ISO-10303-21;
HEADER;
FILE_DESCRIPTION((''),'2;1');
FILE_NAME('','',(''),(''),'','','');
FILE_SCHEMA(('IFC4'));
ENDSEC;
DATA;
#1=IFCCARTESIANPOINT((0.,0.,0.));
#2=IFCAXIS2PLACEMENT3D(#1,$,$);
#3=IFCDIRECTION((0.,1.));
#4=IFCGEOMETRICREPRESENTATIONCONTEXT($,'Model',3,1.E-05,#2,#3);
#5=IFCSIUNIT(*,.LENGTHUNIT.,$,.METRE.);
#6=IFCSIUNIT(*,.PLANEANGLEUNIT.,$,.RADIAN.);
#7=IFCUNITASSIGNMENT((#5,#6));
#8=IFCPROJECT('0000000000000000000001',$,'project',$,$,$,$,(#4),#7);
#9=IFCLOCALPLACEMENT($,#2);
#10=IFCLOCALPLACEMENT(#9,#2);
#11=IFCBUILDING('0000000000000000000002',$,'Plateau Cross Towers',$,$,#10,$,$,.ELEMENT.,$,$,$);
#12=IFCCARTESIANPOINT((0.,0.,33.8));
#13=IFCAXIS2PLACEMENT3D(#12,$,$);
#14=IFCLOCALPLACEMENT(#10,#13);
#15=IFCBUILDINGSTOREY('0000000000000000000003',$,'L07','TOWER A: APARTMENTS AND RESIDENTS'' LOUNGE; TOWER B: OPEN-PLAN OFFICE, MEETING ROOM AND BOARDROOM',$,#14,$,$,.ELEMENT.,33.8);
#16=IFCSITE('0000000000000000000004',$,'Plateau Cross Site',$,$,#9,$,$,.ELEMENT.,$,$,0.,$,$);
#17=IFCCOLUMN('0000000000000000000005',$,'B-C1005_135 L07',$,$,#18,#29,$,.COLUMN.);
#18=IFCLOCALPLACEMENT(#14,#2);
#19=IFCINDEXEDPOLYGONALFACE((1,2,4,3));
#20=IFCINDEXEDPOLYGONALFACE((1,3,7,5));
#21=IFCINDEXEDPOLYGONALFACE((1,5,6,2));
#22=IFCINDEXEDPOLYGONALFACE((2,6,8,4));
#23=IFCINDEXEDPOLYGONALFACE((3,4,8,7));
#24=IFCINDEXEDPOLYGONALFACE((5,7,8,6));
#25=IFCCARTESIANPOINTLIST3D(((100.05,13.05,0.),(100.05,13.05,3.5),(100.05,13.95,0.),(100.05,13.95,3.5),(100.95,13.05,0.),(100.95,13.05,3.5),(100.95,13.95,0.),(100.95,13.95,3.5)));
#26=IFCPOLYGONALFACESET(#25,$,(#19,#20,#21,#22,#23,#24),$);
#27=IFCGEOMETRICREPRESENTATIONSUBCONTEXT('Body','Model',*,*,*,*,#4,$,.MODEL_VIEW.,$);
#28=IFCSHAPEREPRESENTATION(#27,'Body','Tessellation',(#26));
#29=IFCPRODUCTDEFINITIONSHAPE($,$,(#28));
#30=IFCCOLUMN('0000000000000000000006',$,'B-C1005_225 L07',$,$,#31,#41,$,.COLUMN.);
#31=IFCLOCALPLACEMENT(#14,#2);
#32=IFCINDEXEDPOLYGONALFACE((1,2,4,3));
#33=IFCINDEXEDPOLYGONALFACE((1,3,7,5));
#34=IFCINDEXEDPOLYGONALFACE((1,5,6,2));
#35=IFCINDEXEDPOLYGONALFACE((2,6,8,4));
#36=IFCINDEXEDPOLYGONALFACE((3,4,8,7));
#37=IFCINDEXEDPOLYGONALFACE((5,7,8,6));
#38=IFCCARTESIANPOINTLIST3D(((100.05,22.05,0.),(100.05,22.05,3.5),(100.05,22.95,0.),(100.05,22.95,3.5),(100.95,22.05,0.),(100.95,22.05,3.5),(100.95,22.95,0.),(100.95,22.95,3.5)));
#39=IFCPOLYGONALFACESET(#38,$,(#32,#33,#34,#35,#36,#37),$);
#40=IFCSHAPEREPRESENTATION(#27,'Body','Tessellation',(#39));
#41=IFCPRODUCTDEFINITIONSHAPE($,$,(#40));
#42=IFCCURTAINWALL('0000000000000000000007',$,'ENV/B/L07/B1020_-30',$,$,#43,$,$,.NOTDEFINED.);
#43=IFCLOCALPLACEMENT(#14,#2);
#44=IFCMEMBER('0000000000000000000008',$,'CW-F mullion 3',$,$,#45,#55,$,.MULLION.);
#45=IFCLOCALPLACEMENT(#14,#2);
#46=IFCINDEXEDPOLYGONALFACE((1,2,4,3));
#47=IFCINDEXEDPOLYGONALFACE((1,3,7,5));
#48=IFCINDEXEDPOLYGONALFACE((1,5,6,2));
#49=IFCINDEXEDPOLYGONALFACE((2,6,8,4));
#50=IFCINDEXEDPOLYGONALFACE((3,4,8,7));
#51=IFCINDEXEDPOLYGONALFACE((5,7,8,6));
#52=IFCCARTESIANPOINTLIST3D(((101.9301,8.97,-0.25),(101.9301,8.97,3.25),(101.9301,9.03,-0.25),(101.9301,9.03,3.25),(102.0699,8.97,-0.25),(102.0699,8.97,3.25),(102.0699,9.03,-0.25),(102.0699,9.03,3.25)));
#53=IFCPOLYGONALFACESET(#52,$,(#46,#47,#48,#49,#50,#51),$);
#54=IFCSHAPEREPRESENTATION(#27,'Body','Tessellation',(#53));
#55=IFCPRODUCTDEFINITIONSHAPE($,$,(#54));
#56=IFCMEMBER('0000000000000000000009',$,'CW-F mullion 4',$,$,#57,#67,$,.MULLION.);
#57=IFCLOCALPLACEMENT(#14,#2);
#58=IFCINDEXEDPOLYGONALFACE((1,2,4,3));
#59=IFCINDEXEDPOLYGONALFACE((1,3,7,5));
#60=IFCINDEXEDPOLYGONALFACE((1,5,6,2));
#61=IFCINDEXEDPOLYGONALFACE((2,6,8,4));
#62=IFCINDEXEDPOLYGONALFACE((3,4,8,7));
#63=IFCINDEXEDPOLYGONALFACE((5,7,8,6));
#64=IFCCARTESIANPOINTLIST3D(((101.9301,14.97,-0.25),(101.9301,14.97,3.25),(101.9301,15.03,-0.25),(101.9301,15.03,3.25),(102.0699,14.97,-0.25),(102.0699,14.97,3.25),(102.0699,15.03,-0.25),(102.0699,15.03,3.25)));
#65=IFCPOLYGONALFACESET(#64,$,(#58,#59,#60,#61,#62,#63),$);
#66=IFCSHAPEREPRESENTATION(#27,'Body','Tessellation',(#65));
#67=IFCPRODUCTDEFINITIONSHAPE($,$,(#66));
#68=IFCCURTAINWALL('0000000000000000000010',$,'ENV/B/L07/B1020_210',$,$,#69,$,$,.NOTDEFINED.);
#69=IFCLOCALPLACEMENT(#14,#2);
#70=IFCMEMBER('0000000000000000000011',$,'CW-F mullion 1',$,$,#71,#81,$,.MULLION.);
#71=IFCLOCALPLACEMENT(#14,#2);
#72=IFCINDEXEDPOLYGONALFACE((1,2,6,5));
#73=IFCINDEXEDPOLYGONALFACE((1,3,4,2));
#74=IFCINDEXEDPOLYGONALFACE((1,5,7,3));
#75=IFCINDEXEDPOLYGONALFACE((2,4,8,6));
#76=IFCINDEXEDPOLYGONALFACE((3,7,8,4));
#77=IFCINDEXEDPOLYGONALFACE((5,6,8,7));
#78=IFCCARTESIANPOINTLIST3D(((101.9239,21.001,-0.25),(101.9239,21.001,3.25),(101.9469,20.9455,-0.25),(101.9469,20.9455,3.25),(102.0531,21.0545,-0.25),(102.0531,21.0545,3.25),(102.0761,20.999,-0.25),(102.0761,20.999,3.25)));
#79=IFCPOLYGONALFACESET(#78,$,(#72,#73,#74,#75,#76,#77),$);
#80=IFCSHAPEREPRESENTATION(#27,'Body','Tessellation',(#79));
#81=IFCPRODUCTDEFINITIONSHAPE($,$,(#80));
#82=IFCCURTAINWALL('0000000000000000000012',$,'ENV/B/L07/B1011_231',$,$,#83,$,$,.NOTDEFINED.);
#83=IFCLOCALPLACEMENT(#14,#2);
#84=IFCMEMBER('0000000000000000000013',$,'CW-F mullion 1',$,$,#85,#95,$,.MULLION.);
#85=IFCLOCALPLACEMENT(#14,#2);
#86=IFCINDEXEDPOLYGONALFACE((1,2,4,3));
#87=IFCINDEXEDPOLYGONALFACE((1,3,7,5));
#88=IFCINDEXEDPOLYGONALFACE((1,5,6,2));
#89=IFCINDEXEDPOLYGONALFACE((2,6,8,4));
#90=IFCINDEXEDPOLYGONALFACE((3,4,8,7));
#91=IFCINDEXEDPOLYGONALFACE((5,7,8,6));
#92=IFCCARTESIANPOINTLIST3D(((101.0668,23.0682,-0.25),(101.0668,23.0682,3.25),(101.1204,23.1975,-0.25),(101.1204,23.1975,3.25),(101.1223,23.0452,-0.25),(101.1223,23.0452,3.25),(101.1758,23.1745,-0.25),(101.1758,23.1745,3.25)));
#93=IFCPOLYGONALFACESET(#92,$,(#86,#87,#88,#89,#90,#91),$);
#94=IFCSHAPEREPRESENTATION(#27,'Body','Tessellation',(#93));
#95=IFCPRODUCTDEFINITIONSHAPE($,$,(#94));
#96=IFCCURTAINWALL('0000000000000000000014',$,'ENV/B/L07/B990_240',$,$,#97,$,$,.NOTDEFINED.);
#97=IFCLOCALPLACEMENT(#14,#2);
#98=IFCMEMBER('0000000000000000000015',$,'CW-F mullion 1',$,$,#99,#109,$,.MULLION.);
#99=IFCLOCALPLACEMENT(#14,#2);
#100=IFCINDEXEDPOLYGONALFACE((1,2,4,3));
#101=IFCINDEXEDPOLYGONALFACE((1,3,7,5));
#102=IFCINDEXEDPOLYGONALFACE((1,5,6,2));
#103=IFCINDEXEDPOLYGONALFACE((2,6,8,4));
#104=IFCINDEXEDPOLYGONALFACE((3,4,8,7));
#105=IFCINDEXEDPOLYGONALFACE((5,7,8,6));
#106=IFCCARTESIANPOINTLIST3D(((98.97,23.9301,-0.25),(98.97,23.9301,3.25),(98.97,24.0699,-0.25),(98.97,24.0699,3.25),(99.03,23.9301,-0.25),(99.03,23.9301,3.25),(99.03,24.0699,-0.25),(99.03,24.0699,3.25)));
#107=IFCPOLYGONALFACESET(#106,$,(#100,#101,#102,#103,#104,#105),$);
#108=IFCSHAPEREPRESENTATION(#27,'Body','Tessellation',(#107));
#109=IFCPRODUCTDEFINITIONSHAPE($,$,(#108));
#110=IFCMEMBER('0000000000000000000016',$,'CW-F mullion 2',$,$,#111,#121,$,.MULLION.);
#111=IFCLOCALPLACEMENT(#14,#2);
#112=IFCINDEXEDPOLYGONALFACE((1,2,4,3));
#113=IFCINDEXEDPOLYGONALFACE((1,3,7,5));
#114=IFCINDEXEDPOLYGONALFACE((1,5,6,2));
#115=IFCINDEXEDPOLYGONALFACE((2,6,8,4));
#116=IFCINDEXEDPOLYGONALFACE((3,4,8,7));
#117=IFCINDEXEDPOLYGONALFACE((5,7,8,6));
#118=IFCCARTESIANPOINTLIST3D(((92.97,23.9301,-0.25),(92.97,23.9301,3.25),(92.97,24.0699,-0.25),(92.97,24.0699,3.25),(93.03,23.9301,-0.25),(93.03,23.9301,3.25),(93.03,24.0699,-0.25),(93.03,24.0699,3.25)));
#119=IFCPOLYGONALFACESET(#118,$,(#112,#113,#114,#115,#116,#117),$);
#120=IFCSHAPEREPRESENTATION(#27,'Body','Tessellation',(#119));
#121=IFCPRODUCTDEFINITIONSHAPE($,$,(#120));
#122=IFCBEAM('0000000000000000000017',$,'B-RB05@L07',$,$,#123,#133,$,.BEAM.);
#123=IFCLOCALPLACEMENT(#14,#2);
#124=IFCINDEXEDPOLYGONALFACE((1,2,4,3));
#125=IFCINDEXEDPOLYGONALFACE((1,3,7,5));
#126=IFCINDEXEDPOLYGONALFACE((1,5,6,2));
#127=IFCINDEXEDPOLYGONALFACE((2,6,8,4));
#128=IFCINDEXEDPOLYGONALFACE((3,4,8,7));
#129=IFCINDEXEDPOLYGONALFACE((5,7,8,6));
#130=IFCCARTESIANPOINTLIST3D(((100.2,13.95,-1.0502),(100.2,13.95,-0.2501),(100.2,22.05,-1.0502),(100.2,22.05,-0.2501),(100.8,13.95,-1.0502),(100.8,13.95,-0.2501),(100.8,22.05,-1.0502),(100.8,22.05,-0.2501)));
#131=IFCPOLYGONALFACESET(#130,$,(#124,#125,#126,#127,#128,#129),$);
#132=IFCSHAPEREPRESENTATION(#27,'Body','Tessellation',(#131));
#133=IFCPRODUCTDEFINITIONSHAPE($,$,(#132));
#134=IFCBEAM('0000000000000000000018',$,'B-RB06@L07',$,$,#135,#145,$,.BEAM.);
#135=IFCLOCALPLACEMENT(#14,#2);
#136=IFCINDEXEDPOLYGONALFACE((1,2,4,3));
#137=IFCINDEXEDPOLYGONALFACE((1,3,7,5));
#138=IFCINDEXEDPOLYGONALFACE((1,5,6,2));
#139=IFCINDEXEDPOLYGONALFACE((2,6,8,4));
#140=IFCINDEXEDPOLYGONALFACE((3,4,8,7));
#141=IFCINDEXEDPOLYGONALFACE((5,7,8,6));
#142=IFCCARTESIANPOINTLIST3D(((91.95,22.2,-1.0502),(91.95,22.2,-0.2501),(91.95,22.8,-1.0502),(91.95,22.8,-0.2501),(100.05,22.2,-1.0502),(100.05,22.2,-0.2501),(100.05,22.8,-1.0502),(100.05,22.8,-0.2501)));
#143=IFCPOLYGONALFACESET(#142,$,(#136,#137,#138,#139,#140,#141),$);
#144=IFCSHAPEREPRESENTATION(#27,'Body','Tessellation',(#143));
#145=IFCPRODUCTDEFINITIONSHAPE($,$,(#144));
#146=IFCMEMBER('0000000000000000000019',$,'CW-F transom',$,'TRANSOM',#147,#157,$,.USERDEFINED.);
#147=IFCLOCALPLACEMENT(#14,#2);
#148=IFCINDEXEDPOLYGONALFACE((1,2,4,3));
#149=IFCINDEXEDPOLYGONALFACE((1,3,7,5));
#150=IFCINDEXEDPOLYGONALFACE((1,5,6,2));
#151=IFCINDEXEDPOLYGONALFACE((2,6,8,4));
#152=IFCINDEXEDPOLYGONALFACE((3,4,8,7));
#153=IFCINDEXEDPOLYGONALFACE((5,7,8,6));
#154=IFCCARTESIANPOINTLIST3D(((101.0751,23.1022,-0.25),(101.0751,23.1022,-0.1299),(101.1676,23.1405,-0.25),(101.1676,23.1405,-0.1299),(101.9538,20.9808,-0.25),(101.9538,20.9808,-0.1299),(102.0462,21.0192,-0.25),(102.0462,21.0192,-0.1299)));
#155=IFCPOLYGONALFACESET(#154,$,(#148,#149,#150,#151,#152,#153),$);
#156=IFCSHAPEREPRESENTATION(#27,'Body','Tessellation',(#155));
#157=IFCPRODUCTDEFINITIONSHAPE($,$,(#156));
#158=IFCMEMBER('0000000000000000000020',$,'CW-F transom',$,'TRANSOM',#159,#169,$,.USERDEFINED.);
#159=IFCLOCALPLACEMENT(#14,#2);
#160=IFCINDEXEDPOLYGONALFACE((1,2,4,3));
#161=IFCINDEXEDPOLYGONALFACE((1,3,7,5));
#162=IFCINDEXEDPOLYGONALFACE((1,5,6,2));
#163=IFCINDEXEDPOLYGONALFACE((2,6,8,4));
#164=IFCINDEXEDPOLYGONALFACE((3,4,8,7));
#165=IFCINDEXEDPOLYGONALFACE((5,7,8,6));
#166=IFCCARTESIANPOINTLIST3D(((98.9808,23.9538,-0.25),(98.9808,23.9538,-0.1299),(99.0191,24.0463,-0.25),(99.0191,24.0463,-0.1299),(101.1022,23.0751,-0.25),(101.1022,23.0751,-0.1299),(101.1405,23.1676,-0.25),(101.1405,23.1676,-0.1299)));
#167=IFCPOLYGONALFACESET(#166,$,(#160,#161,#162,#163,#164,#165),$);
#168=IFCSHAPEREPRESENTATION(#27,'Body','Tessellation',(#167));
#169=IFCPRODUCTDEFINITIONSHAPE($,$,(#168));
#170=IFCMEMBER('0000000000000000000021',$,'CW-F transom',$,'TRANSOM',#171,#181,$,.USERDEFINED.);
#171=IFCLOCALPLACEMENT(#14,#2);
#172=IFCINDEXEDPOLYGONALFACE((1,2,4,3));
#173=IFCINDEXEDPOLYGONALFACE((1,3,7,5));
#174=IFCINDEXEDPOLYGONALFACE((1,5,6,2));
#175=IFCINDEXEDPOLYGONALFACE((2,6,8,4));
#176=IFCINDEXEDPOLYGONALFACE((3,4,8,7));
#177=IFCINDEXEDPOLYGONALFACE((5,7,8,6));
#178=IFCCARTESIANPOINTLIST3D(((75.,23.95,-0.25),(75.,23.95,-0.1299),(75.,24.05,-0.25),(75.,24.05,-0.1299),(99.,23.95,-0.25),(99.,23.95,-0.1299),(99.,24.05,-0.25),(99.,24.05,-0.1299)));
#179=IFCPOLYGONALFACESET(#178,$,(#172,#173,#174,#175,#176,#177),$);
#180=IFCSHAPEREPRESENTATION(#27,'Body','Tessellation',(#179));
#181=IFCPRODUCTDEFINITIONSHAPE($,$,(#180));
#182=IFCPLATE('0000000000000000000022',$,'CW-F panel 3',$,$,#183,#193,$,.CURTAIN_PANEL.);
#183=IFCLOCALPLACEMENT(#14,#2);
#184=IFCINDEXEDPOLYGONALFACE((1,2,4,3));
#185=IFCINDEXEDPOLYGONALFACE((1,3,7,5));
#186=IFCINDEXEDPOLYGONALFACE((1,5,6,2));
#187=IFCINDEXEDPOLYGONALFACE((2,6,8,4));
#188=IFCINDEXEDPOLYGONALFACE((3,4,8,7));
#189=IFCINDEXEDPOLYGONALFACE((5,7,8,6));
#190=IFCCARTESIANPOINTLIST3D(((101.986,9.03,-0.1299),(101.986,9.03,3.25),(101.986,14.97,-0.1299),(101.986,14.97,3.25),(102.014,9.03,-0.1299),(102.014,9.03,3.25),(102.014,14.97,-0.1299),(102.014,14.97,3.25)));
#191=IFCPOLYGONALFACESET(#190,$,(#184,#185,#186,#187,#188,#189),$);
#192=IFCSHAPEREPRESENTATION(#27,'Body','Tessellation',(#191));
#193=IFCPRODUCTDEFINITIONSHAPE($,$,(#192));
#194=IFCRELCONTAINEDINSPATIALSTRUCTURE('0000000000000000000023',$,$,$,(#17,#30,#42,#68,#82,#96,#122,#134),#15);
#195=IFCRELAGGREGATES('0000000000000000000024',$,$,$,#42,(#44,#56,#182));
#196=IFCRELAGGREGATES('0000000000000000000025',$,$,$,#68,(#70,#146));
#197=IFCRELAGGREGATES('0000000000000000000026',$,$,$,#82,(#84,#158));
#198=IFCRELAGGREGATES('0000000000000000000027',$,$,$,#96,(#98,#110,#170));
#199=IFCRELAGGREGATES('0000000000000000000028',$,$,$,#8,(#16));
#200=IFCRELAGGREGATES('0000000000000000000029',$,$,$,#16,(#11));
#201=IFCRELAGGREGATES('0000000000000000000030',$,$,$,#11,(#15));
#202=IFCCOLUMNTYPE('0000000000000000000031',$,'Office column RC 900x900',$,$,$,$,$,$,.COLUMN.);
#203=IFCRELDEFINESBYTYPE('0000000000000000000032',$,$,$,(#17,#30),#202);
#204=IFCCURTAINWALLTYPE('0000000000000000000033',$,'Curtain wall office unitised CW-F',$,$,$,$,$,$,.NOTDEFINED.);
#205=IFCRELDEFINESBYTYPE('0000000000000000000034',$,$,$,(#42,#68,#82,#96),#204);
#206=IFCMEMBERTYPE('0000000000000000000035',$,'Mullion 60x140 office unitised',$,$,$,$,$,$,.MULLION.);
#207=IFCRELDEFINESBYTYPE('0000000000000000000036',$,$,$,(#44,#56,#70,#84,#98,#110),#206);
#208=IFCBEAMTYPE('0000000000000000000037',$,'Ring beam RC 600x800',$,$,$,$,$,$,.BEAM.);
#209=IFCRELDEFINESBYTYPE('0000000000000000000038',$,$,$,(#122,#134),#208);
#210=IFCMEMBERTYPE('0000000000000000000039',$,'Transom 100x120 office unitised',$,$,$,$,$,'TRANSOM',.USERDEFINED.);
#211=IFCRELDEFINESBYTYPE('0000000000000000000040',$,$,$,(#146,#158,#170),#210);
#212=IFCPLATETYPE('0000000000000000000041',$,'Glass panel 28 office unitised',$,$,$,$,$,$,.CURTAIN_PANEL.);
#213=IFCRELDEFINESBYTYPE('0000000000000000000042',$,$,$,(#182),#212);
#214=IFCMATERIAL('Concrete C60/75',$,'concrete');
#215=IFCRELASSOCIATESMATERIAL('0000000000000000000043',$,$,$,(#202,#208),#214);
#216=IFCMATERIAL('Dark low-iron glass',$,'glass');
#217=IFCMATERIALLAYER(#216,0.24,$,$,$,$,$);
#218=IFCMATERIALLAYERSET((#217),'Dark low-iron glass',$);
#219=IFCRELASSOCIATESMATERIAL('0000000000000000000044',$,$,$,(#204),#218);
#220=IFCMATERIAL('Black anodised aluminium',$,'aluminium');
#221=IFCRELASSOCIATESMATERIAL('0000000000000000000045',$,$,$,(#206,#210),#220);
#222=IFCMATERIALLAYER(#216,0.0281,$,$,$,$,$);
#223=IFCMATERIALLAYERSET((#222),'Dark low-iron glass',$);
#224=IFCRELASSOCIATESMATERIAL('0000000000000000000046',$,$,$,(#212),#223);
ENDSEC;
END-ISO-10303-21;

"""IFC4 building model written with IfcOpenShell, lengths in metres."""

from ifc_helpers import new_model, si_unit, direction, frame, origin, origin_2d, place, context, subcontext, project, spatial, rectangle, extrude, material, layer, layer_set, material_profile, profile_set, type_object, element, aggregate, save


model = new_model("IFC4")

# Units and contexts
model_context = context("Model", 3, precision=1e-05, world=origin(), true_north=direction((0.0, 1.0)))
body_context = subcontext(model_context, "Body", "Model", "MODEL_VIEW")
ifc_project = project(units=[si_unit("LENGTHUNIT", "METRE"), si_unit("PLANEANGLEUNIT", "RADIAN")], contexts=[model_context])

# Site, building, storey
site_placement = place(None, origin())
site = spatial("IfcSite", under=ifc_project, at=site_placement, Name="Plateau Cross Site", CompositionType="ELEMENT", RefElevation=0.0)
building_placement = place(site_placement, origin())
building = spatial("IfcBuilding", under=site, at=building_placement, Name="Plateau Cross Towers", CompositionType="ELEMENT")
storey_placement = place(building_placement, frame((0.0, 0.0, 33.8)))
storey = spatial("IfcBuildingStorey", under=building, at=storey_placement, Name="L07", Description="TOWER A: APARTMENTS AND RESIDENTS' LOUNGE; TOWER B: OPEN-PLAN OFFICE, MEETING ROOM AND BOARDROOM", CompositionType="ELEMENT", Elevation=33.8)

# Columns
ifc_material_1 = material(Name="Concrete C60/75", Category="concrete")
ifc_material_profile_1 = material_profile(ifc_material_1, rectangle(XDim=0.8999, YDim=0.8999, at=origin_2d()), Name="RC 900x900")
ifc_profile_set_1 = profile_set([ifc_material_profile_1], Name="Concrete C60/75")
column_type = type_object("IfcColumnType", Name="Office column RC 900x900", PredefinedType="COLUMN", material=ifc_profile_set_1)
for number, where, z_axis, x_axis, name in (
    (1, (100.5, 13.5, 0.0), (0.0, 0.0, 1.0), (1.0, 0.0, 0.0), "B-C1005_135 L07"),
    (2, (100.5, 22.5, 0.0), (0.0, 0.0, 1.0), (1.0, 0.0, 0.0), "B-C1005_225 L07"),
):
    element("IfcColumn", number, at=place(storey_placement, frame(where, z_axis=z_axis, x_axis=x_axis)), inside=storey, type_object=column_type, Name=name, PredefinedType="COLUMN", context=body_context, shape_type="SweptSolid", body=[
        extrude(rectangle(XDim=0.8999, YDim=0.8999, at=origin_2d()), origin(), (0.0, 0.0, 1.0), 3.5),
    ])

# Curtain wall, members
ifc_material_2 = material(Name="Dark low-iron glass", Category="glass")
ifc_layer_1 = layer(ifc_material_2, 0.24)
ifc_layer_set_1 = layer_set([ifc_layer_1], Name="Dark low-iron glass")
curtain_wall_type = type_object("IfcCurtainWallType", Name="Curtain wall office unitised CW-F", PredefinedType="NOTDEFINED", material=ifc_layer_set_1)
curtain_wall_1_placement = place(storey_placement, origin())
curtain_wall_1 = element("IfcCurtainWall", 3, at=curtain_wall_1_placement, inside=storey, type_object=curtain_wall_type, Name="ENV/B/L07/B1020_-30", PredefinedType="NOTDEFINED")
ifc_material_3 = material(Name="Black anodised aluminium", Category="aluminium")
ifc_material_profile_2 = material_profile(ifc_material_3, rectangle(XDim=0.0601, YDim=0.1399, at=origin_2d()), Name="MULLION 60x140")
ifc_profile_set_2 = profile_set([ifc_material_profile_2], Name="Black anodised aluminium")
member_type_1 = type_object("IfcMemberType", Name="Mullion 60x140 office unitised", PredefinedType="MULLION", material=ifc_profile_set_2)
member_1_placement = place(storey_placement, frame((102.0, 9.0, -0.25), z_axis=(0.0, 0.0, 1.0), x_axis=(0.0, 1.0, 0.0)))
member_1 = element("IfcMember", 4, at=member_1_placement, type_object=member_type_1, Name="CW-F mullion 3", PredefinedType="MULLION", context=body_context, shape_type="SweptSolid", body=[
    extrude(rectangle(XDim=0.0601, YDim=0.1399, at=origin_2d()), origin(), (0.0, 0.0, 1.0), 3.5),
])
member_2_placement = place(storey_placement, frame((102.0, 15.0, -0.25), z_axis=(0.0, 0.0, 1.0), x_axis=(0.0, 1.0, 0.0)))
member_2 = element("IfcMember", 5, at=member_2_placement, type_object=member_type_1, Name="CW-F mullion 4", PredefinedType="MULLION", context=body_context, shape_type="SweptSolid", body=[
    extrude(rectangle(XDim=0.0601, YDim=0.1399, at=origin_2d()), origin(), (0.0, 0.0, 1.0), 3.5),
])

# Curtain walls, members
curtain_wall_2_placement = place(storey_placement, origin())
curtain_wall_2 = element("IfcCurtainWall", 6, at=curtain_wall_2_placement, inside=storey, type_object=curtain_wall_type, Name="ENV/B/L07/B1020_210", PredefinedType="NOTDEFINED")
member_3_placement = place(storey_placement, frame((102.0, 21.0, -0.25), z_axis=(0.0, 0.0, 1.0), x_axis=(-0.382684, 0.923879, 0.0)))
member_3 = element("IfcMember", 7, at=member_3_placement, type_object=member_type_1, Name="CW-F mullion 1", PredefinedType="MULLION", context=body_context, shape_type="SweptSolid", body=[
    extrude(rectangle(XDim=0.0601, YDim=0.1399, at=origin_2d()), origin(), (0.0, 0.0, 1.0), 3.5),
])
curtain_wall_3_placement = place(storey_placement, origin())
curtain_wall_3 = element("IfcCurtainWall", 8, at=curtain_wall_3_placement, inside=storey, type_object=curtain_wall_type, Name="ENV/B/L07/B1011_231", PredefinedType="NOTDEFINED")
member_4_placement = place(storey_placement, frame((101.1213, 23.1213, -0.25), z_axis=(0.0, 0.0, 1.0), x_axis=(-0.923879, 0.382684, 0.0)))
member_4 = element("IfcMember", 9, at=member_4_placement, type_object=member_type_1, Name="CW-F mullion 1", PredefinedType="MULLION", context=body_context, shape_type="SweptSolid", body=[
    extrude(rectangle(XDim=0.0601, YDim=0.1399, at=origin_2d()), origin(), (0.0, 0.0, 1.0), 3.5),
])

# Curtain wall, members
curtain_wall_4_placement = place(storey_placement, origin())
curtain_wall_4 = element("IfcCurtainWall", 10, at=curtain_wall_4_placement, inside=storey, type_object=curtain_wall_type, Name="ENV/B/L07/B990_240", PredefinedType="NOTDEFINED")
member_5_placement = place(storey_placement, frame((99.0, 24.0, -0.25), z_axis=(0.0, 0.0, 1.0), x_axis=(-1.0, 0.0, 0.0)))
member_5 = element("IfcMember", 11, at=member_5_placement, type_object=member_type_1, Name="CW-F mullion 1", PredefinedType="MULLION", context=body_context, shape_type="SweptSolid", body=[
    extrude(rectangle(XDim=0.0601, YDim=0.1399, at=origin_2d()), origin(), (0.0, 0.0, 1.0), 3.5),
])
member_6_placement = place(storey_placement, frame((93.0, 24.0, -0.25), z_axis=(0.0, 0.0, 1.0), x_axis=(-1.0, 0.0, 0.0)))
member_6 = element("IfcMember", 12, at=member_6_placement, type_object=member_type_1, Name="CW-F mullion 2", PredefinedType="MULLION", context=body_context, shape_type="SweptSolid", body=[
    extrude(rectangle(XDim=0.0601, YDim=0.1399, at=origin_2d()), origin(), (0.0, 0.0, 1.0), 3.5),
])

# Beams
ifc_material_profile_3 = material_profile(ifc_material_1, rectangle(XDim=0.6001, YDim=0.8, at=origin_2d()), Name="RC 600x800")
ifc_profile_set_3 = profile_set([ifc_material_profile_3], Name="Concrete C60/75")
beam_type = type_object("IfcBeamType", Name="Ring beam RC 600x800", PredefinedType="BEAM", material=ifc_profile_set_3)
for number, where, z_axis, x_axis, name in (
    (13, (100.5, 13.95, -0.6501), (0.0, 1.0, 0.0), (-1.0, 0.0, 0.0), "B-RB05@L07"),
    (14, (100.05, 22.5, -0.6501), (-1.0, 0.0, 0.0), (0.0, -1.0, 0.0), "B-RB06@L07"),
):
    element("IfcBeam", number, at=place(storey_placement, frame(where, z_axis=z_axis, x_axis=x_axis)), inside=storey, type_object=beam_type, Name=name, PredefinedType="BEAM", context=body_context, shape_type="SweptSolid", body=[
        extrude(rectangle(XDim=0.6001, YDim=0.8, at=origin_2d()), origin(), (0.0, 0.0, 1.0), 8.1001),
    ])

# Members
ifc_material_profile_4 = material_profile(ifc_material_3, rectangle(XDim=0.1001, YDim=0.1201, at=origin_2d()), Name="TRANSOM 100x120")
ifc_profile_set_4 = profile_set([ifc_material_profile_4], Name="Black anodised aluminium")
member_type_2 = type_object("IfcMemberType", Name="Transom 100x120 office unitised", ElementType="TRANSOM", PredefinedType="USERDEFINED", material=ifc_profile_set_4)
member_7_placement = place(storey_placement, frame((102.0, 21.0, -0.1899), z_axis=(-0.382674, 0.923883, 0.0), x_axis=(-0.923883, -0.382674, 0.0)))
member_7 = element("IfcMember", 15, at=member_7_placement, type_object=member_type_2, Name="CW-F transom", ObjectType="TRANSOM", PredefinedType="USERDEFINED", context=body_context, shape_type="SweptSolid", body=[
    extrude(rectangle(XDim=0.1001, YDim=0.1201, at=origin_2d()), origin(), (0.0, 0.0, 1.0), 2.2961),
])
member_8_placement = place(storey_placement, frame((101.1213, 23.1213, -0.1899), z_axis=(-0.923883, 0.382674, 0.0), x_axis=(-0.382674, -0.923883, 0.0)))
member_8 = element("IfcMember", 16, at=member_8_placement, type_object=member_type_2, Name="CW-F transom", ObjectType="TRANSOM", PredefinedType="USERDEFINED", context=body_context, shape_type="SweptSolid", body=[
    extrude(rectangle(XDim=0.1001, YDim=0.1201, at=origin_2d()), origin(), (0.0, 0.0, 1.0), 2.2961),
])
member_9_placement = place(storey_placement, frame((99.0, 24.0, -0.1899), z_axis=(-1.0, 0.0, 0.0), x_axis=(0.0, -1.0, 0.0)))
member_9 = element("IfcMember", 17, at=member_9_placement, type_object=member_type_2, Name="CW-F transom", ObjectType="TRANSOM", PredefinedType="USERDEFINED", context=body_context, shape_type="SweptSolid", body=[
    extrude(rectangle(XDim=0.1001, YDim=0.1201, at=origin_2d()), origin(), (0.0, 0.0, 1.0), 24.0),
])

# Plate
ifc_layer_2 = layer(ifc_material_2, 0.0281)
ifc_layer_set_2 = layer_set([ifc_layer_2], Name="Dark low-iron glass")
plate_type = type_object("IfcPlateType", Name="Glass panel 28 office unitised", PredefinedType="CURTAIN_PANEL", material=ifc_layer_set_2)
plate_1_placement = place(storey_placement, frame((102.0, 12.0, -0.1299), z_axis=(0.0, 0.0, 1.0), x_axis=(0.0, 1.0, 0.0)))
plate_1 = element("IfcPlate", 18, at=plate_1_placement, type_object=plate_type, Name="CW-F panel 3", PredefinedType="CURTAIN_PANEL", context=body_context, shape_type="SweptSolid", body=[
    extrude(rectangle(XDim=5.9399, YDim=0.0281, at=origin_2d()), origin(), (0.0, 0.0, 1.0), 3.3799),
])
aggregate(curtain_wall_1, [member_1, member_2, plate_1])
aggregate(curtain_wall_2, [member_3, member_7])
aggregate(curtain_wall_3, [member_4, member_8])
aggregate(curtain_wall_4, [member_5, member_6, member_9])

save(model, "model.ifc")
